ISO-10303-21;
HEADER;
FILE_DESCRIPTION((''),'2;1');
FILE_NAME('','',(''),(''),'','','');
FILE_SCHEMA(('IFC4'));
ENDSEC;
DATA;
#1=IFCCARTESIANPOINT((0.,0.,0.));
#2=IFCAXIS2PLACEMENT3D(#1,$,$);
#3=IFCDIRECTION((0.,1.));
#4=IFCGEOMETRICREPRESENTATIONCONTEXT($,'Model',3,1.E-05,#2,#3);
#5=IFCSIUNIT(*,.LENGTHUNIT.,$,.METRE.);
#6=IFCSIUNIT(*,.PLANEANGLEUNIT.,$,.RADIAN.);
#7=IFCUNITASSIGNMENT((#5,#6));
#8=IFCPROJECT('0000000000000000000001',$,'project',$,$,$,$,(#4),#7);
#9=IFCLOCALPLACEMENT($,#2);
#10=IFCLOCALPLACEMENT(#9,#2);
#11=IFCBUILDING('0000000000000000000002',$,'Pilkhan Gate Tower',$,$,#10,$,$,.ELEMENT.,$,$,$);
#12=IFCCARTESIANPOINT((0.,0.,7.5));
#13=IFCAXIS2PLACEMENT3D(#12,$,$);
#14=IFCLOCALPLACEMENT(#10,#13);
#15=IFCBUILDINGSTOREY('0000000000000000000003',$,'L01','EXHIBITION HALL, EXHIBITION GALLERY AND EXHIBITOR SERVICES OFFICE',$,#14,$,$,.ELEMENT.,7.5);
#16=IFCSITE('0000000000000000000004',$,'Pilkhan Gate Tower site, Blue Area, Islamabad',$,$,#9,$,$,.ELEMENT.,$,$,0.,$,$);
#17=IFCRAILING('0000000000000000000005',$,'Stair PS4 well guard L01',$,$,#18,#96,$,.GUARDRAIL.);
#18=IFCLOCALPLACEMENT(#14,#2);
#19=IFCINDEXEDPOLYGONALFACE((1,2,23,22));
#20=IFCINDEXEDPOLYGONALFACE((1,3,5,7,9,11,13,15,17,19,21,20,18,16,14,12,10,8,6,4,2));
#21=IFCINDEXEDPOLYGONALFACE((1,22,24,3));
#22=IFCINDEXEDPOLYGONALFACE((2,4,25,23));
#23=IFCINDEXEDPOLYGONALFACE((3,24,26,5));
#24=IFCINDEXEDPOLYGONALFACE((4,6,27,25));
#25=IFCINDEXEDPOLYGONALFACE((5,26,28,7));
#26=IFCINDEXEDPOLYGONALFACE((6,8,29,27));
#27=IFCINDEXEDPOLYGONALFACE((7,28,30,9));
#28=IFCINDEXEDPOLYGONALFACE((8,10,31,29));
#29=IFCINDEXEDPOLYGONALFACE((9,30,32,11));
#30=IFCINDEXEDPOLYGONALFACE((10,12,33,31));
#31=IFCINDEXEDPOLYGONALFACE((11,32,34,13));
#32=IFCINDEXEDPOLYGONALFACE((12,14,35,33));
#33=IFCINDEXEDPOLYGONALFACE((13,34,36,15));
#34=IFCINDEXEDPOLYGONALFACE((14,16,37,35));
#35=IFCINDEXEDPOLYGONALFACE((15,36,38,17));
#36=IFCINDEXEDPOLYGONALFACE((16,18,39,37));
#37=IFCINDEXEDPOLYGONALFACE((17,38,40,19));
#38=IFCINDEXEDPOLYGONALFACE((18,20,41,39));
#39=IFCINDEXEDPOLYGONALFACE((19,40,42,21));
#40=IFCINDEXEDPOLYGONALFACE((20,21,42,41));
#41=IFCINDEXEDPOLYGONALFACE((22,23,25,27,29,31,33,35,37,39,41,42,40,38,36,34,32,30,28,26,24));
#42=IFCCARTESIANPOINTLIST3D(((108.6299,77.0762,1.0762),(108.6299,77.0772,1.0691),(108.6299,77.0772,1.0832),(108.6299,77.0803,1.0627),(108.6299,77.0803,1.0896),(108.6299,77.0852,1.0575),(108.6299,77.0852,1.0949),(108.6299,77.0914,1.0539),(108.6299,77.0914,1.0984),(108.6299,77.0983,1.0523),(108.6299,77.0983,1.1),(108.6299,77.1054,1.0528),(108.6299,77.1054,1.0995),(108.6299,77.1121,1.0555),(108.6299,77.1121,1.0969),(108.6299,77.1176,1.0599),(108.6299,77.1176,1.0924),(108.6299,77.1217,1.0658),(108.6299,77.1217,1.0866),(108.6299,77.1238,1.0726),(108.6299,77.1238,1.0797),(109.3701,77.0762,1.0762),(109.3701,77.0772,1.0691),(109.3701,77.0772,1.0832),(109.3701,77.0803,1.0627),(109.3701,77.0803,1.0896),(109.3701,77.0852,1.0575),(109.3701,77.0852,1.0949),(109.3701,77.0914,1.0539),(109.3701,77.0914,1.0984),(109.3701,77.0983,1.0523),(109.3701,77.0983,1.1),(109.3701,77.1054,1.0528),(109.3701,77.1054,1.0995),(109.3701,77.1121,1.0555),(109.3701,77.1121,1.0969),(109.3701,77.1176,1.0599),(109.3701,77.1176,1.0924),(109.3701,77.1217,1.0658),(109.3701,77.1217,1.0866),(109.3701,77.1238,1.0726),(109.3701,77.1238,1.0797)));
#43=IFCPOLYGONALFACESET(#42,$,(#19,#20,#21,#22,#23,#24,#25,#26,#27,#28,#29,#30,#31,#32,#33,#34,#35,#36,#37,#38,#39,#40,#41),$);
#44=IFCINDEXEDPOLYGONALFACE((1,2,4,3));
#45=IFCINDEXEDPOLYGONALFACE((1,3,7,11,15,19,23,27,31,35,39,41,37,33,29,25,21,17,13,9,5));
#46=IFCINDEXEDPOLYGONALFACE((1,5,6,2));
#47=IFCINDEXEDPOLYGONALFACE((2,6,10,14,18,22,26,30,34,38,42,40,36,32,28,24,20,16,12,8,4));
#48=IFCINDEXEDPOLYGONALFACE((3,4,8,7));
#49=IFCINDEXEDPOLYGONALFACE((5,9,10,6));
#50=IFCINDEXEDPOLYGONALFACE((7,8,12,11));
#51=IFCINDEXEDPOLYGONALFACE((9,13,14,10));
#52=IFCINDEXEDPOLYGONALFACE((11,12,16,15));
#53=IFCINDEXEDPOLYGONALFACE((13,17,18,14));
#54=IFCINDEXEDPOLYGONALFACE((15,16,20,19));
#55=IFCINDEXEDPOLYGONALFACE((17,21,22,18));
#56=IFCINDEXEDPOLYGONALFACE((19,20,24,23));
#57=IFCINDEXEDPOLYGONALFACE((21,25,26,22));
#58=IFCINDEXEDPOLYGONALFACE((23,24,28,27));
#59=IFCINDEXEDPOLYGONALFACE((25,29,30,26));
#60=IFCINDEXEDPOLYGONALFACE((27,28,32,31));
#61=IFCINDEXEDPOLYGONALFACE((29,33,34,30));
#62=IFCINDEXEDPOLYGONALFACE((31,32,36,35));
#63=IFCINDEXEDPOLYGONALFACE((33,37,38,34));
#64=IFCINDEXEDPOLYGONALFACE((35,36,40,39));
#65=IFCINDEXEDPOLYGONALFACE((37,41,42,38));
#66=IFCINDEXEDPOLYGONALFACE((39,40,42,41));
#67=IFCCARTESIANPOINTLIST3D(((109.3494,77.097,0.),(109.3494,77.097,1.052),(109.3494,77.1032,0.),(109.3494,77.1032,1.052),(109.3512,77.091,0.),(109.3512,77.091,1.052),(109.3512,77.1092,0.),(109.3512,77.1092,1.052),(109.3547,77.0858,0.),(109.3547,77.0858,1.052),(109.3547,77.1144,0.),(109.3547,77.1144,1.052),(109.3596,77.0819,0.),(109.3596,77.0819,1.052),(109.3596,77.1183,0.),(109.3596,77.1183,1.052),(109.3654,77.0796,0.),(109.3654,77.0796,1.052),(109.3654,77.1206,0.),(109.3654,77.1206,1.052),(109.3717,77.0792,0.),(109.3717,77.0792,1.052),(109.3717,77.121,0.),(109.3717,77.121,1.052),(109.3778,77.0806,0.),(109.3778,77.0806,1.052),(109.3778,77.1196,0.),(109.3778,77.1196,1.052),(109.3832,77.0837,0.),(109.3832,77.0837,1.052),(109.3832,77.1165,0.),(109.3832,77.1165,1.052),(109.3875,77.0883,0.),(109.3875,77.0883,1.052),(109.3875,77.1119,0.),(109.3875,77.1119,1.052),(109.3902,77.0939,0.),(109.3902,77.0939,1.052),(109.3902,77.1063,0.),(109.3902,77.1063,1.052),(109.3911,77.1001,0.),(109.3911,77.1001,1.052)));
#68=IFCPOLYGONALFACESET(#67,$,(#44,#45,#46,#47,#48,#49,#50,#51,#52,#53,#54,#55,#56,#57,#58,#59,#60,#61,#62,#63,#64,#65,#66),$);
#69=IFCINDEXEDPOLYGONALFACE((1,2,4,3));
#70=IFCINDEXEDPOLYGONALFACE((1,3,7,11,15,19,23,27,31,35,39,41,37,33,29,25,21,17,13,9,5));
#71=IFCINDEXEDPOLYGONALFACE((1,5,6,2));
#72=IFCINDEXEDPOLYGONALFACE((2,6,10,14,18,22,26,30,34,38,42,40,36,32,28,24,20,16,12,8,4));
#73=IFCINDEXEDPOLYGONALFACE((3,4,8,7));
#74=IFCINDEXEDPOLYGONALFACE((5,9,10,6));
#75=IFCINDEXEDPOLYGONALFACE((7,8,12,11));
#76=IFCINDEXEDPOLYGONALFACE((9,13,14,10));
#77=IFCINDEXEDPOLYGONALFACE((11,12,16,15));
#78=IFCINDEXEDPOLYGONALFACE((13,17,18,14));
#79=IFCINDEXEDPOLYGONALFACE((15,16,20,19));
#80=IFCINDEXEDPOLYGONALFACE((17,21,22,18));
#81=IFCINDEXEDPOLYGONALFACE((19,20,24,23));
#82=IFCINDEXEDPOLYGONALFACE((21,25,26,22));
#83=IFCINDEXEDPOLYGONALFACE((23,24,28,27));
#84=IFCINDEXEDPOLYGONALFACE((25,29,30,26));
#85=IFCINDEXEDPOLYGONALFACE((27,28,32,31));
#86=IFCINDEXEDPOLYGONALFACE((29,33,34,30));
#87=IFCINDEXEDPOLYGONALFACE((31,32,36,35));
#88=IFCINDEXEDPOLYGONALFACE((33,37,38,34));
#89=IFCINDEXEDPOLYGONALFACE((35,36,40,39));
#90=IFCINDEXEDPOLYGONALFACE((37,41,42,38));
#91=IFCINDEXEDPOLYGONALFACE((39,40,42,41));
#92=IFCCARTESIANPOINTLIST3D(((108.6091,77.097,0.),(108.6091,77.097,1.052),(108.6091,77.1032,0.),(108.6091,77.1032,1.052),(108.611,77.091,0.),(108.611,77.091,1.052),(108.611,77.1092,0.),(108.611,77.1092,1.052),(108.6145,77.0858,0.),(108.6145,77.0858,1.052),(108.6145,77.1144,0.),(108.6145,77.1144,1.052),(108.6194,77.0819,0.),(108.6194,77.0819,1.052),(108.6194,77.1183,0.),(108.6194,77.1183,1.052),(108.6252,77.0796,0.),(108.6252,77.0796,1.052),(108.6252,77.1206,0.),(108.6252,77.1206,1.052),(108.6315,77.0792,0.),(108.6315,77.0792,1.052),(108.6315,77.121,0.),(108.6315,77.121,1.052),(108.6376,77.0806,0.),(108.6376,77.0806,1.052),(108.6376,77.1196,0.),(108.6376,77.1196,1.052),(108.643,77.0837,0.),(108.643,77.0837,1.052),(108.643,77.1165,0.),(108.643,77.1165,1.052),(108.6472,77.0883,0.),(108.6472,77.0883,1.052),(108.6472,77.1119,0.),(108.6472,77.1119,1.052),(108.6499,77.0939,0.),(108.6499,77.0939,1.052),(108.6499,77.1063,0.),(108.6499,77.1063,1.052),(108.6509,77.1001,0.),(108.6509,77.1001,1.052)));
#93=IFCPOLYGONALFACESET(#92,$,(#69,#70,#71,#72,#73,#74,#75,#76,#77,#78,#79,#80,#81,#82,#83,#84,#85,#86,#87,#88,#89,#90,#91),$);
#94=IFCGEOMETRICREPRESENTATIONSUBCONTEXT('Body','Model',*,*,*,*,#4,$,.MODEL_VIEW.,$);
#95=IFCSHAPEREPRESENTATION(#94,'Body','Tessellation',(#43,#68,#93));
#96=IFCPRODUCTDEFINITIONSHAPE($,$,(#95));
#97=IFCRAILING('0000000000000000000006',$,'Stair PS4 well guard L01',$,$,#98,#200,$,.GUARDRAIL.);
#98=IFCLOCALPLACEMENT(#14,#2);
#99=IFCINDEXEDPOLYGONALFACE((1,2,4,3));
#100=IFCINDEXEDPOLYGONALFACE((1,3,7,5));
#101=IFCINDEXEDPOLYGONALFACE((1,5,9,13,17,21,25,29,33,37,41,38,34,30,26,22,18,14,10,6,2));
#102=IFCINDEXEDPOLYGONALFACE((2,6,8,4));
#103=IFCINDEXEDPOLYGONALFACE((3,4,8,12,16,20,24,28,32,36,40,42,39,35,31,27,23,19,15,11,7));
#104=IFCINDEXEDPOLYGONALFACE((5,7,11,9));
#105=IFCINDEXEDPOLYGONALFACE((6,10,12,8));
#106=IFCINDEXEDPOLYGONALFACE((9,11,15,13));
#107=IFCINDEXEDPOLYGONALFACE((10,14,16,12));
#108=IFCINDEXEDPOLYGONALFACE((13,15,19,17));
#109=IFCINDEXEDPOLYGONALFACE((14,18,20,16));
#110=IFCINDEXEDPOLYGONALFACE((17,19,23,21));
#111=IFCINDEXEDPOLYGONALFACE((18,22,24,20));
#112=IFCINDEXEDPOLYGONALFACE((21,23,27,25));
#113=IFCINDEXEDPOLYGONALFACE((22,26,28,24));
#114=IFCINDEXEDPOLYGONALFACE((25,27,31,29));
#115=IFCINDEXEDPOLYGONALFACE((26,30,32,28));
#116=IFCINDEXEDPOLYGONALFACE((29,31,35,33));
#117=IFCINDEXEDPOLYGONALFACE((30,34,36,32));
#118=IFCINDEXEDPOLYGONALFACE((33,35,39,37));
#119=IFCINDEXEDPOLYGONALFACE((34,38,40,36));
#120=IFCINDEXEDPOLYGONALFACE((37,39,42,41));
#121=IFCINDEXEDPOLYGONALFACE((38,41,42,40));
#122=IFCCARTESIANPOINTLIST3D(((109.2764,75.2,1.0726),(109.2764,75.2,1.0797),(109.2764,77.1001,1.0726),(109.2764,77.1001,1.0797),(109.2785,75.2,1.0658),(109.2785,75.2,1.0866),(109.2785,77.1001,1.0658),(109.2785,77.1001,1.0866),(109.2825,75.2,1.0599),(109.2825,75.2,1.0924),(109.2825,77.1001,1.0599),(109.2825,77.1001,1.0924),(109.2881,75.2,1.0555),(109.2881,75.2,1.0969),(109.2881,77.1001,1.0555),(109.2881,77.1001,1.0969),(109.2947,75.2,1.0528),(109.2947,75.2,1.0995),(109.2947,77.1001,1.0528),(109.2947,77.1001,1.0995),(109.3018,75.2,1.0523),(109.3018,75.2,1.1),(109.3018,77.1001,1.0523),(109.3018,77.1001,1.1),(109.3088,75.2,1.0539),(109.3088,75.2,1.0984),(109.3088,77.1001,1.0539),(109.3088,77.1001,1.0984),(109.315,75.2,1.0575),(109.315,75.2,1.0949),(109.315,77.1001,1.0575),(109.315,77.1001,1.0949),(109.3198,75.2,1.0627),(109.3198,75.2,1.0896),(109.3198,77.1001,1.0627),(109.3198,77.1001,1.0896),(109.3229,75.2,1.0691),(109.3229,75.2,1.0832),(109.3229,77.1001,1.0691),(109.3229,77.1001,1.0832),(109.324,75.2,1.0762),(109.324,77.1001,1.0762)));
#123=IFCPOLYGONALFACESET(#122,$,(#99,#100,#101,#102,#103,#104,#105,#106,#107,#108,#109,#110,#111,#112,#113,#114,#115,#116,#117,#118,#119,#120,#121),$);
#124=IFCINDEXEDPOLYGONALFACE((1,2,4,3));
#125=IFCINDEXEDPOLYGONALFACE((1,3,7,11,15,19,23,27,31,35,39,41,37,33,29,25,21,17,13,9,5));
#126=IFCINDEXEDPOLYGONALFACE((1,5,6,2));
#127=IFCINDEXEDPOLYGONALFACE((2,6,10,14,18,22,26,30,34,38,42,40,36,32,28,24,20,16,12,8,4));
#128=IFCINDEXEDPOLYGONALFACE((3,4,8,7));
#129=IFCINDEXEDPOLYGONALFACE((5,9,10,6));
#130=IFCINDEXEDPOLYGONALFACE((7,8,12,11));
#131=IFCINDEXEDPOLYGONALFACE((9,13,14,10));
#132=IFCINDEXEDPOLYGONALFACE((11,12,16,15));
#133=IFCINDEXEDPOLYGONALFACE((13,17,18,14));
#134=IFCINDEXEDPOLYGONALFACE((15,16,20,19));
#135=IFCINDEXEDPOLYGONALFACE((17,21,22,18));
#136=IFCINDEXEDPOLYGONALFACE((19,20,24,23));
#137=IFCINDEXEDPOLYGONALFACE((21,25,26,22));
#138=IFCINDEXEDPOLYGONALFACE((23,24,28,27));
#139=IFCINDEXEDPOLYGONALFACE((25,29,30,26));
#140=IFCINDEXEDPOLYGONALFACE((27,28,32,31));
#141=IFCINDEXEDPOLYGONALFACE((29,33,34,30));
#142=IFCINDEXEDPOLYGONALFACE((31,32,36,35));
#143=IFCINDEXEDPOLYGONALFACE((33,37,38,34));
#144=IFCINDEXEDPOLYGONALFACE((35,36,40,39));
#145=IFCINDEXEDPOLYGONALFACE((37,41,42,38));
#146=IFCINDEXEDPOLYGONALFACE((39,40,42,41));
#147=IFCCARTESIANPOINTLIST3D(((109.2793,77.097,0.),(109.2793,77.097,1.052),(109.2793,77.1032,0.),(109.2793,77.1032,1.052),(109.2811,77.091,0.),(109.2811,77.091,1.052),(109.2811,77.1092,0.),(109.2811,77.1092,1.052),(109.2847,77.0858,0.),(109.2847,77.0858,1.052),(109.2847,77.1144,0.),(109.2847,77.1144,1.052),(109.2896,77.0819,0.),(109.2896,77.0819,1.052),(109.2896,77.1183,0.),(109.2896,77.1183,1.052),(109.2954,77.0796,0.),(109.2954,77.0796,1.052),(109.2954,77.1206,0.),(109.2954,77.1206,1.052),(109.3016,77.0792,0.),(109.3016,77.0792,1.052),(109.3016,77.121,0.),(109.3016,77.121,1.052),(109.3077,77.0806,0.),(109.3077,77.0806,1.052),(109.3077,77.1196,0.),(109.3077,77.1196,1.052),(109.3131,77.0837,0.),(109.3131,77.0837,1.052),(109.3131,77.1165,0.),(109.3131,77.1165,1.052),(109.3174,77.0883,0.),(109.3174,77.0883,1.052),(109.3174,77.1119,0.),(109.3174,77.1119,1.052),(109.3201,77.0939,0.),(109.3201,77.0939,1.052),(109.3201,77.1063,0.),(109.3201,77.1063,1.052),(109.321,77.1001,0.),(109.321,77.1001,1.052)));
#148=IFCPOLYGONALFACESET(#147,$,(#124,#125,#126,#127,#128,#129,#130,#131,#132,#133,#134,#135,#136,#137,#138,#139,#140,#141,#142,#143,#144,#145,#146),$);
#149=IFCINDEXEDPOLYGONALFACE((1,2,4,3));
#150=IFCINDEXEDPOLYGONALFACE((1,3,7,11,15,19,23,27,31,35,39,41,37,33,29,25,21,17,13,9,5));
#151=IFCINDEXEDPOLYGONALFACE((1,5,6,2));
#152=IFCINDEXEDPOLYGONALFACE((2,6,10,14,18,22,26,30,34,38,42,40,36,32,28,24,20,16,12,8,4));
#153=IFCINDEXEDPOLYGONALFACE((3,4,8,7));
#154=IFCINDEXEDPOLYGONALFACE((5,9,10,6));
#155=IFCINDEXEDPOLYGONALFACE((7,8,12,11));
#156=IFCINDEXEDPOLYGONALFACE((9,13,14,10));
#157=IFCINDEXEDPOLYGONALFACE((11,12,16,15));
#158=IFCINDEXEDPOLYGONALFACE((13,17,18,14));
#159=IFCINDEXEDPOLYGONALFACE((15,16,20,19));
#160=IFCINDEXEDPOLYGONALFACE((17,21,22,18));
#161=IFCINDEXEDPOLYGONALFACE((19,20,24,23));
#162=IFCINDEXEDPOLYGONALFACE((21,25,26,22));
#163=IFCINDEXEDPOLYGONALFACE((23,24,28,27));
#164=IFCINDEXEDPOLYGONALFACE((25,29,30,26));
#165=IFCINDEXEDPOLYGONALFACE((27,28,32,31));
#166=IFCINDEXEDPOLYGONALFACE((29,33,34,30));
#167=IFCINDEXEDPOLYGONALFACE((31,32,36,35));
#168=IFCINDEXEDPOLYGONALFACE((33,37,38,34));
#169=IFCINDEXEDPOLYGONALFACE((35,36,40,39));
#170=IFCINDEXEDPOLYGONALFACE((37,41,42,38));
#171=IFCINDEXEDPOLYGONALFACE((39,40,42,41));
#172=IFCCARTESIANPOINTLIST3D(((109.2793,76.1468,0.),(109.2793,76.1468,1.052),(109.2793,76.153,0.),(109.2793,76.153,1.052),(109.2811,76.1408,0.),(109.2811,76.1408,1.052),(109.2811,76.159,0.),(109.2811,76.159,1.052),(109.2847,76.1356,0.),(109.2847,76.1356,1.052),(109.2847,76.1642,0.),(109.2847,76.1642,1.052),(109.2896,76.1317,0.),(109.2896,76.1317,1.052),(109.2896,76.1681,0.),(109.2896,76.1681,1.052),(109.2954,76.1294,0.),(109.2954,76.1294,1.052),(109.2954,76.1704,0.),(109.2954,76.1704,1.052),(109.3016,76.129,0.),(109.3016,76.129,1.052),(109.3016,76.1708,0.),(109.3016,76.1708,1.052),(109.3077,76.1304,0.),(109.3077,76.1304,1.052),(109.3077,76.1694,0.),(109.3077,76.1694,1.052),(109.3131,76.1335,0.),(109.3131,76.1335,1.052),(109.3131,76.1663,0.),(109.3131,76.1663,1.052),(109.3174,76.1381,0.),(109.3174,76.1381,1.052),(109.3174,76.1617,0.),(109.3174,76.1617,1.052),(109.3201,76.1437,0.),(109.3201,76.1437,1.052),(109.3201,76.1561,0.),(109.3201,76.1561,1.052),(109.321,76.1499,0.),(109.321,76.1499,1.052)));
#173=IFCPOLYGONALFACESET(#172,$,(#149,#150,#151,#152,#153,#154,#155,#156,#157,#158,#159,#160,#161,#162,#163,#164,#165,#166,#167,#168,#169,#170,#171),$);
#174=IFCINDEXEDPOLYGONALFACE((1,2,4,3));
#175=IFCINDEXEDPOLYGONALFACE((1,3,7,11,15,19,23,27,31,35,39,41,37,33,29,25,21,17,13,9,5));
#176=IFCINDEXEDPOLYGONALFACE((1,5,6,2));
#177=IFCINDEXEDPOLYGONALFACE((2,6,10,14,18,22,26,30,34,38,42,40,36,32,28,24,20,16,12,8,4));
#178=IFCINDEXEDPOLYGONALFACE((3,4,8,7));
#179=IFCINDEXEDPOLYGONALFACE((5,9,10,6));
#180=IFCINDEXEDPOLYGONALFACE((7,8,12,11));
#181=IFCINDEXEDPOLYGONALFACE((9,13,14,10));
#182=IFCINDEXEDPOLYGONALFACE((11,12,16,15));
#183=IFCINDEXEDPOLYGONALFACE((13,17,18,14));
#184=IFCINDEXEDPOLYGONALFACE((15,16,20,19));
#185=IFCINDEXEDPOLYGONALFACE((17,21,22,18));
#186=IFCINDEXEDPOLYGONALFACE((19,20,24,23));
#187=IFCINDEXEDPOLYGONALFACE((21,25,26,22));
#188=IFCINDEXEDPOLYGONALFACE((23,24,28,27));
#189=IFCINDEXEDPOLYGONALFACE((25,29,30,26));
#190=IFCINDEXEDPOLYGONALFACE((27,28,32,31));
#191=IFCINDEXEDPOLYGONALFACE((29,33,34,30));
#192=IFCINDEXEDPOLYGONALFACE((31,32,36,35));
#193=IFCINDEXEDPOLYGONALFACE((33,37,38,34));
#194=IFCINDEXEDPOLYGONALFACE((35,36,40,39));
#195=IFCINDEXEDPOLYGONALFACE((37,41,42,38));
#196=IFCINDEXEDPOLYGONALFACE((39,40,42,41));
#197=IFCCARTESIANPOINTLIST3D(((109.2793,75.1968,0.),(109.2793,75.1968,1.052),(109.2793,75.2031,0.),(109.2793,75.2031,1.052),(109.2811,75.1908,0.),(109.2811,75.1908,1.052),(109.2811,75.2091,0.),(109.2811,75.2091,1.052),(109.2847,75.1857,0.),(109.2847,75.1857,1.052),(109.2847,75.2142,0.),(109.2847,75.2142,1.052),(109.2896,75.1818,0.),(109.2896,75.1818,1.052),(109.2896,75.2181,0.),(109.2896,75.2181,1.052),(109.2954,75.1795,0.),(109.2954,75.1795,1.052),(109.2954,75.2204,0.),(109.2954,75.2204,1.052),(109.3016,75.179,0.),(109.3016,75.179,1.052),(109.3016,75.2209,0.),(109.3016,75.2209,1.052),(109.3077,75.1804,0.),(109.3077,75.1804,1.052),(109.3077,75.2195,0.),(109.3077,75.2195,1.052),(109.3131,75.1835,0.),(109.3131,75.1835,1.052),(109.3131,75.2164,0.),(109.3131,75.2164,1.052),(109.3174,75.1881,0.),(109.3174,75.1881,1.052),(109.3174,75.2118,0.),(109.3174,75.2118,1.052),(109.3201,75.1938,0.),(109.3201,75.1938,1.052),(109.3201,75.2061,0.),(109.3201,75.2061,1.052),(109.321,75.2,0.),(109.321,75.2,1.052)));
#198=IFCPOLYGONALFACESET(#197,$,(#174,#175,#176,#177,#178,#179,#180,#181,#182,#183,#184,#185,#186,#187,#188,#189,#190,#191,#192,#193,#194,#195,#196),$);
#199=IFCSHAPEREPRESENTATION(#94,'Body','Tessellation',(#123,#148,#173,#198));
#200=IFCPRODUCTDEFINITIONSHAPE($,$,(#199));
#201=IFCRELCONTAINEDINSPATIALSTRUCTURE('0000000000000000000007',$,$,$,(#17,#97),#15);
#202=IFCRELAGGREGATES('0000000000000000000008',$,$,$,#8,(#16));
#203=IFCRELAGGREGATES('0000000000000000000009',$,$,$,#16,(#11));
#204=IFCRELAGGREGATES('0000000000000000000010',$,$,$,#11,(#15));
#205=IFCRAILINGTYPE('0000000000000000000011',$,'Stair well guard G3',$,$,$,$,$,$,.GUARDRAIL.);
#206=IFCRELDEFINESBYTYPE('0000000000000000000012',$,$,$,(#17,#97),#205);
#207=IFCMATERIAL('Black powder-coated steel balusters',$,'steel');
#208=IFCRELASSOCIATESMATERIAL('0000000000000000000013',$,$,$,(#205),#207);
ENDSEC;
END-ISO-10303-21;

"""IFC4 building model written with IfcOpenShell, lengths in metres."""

from ifc_helpers import new_model, si_unit, direction, frame, origin, origin_2d, place, context, subcontext, project, spatial, circle, extrude, material, type_object, element, save


model = new_model("IFC4")

# Units and contexts
model_context = context("Model", 3, precision=1e-05, world=origin(), true_north=direction((0.0, 1.0)))
body_context = subcontext(model_context, "Body", "Model", "MODEL_VIEW")
ifc_project = project(units=[si_unit("LENGTHUNIT", "METRE"), si_unit("PLANEANGLEUNIT", "RADIAN")], contexts=[model_context])

# Site, building, storey
site_placement = place(None, origin())
site = spatial("IfcSite", under=ifc_project, at=site_placement, Name="Pilkhan Gate Tower site, Blue Area, Islamabad", CompositionType="ELEMENT", RefElevation=0.0)
building_placement = place(site_placement, origin())
building = spatial("IfcBuilding", under=site, at=building_placement, Name="Pilkhan Gate Tower", CompositionType="ELEMENT")
storey_placement = place(building_placement, frame((0.0, 0.0, 7.5)))
storey = spatial("IfcBuildingStorey", under=building, at=storey_placement, Name="L01", Description="EXHIBITION HALL, EXHIBITION GALLERY AND EXHIBITOR SERVICES OFFICE", CompositionType="ELEMENT", Elevation=7.5)

# Railings
ifc_material_1 = material(Name="Black powder-coated steel balusters", Category="steel")
railing_type_1 = type_object("IfcRailingType", Name="Stair well guard G3", PredefinedType="GUARDRAIL", material=ifc_material_1)
railing_1_placement = place(storey_placement, frame((109.3701, 77.1001, 0.0)))
element("IfcRailing", 1, at=railing_1_placement, inside=storey, type_object=railing_type_1, Name="Stair PS4 well guard L01", PredefinedType="GUARDRAIL", context=body_context, shape_type="SweptSolid", body=[
    extrude(circle(Radius=0.0239, at=origin_2d()), frame((0.0, 0.0, 1.0762), z_axis=(-1.0, 0.0, 0.0), x_axis=(0.0, -1.0, 0.0)), (0.0, 0.0, 1.0), 0.7402),
    extrude(circle(Radius=0.021, at=origin_2d()), origin(), (0.0, 0.0, 1.0), 1.052),
    extrude(circle(Radius=0.021, at=origin_2d()), frame((-0.7402, 0.0, 0.0)), (0.0, 0.0, 1.0), 1.052),
])
railing_2_placement = place(storey_placement, frame((109.3, 77.1001, 0.0)))
element("IfcRailing", 2, at=railing_2_placement, inside=storey, type_object=railing_type_1, Name="Stair PS4 well guard L01", PredefinedType="GUARDRAIL", context=body_context, shape_type="SweptSolid", body=[
    extrude(circle(Radius=0.0239, at=origin_2d()), frame((0.0, 0.0, 1.0762), z_axis=(0.0, -1.0, 0.0), x_axis=(1.0, 0.0, 0.0)), (0.0, 0.0, 1.0), 1.9001),
    extrude(circle(Radius=0.021, at=origin_2d()), origin(), (0.0, 0.0, 1.0), 1.052),
    extrude(circle(Radius=0.021, at=origin_2d()), frame((0.0, -0.9502, 0.0)), (0.0, 0.0, 1.0), 1.052),
    extrude(circle(Radius=0.021, at=origin_2d()), frame((0.0, -1.9001, 0.0)), (0.0, 0.0, 1.0), 1.052),
])

save(model, "model.ifc")
